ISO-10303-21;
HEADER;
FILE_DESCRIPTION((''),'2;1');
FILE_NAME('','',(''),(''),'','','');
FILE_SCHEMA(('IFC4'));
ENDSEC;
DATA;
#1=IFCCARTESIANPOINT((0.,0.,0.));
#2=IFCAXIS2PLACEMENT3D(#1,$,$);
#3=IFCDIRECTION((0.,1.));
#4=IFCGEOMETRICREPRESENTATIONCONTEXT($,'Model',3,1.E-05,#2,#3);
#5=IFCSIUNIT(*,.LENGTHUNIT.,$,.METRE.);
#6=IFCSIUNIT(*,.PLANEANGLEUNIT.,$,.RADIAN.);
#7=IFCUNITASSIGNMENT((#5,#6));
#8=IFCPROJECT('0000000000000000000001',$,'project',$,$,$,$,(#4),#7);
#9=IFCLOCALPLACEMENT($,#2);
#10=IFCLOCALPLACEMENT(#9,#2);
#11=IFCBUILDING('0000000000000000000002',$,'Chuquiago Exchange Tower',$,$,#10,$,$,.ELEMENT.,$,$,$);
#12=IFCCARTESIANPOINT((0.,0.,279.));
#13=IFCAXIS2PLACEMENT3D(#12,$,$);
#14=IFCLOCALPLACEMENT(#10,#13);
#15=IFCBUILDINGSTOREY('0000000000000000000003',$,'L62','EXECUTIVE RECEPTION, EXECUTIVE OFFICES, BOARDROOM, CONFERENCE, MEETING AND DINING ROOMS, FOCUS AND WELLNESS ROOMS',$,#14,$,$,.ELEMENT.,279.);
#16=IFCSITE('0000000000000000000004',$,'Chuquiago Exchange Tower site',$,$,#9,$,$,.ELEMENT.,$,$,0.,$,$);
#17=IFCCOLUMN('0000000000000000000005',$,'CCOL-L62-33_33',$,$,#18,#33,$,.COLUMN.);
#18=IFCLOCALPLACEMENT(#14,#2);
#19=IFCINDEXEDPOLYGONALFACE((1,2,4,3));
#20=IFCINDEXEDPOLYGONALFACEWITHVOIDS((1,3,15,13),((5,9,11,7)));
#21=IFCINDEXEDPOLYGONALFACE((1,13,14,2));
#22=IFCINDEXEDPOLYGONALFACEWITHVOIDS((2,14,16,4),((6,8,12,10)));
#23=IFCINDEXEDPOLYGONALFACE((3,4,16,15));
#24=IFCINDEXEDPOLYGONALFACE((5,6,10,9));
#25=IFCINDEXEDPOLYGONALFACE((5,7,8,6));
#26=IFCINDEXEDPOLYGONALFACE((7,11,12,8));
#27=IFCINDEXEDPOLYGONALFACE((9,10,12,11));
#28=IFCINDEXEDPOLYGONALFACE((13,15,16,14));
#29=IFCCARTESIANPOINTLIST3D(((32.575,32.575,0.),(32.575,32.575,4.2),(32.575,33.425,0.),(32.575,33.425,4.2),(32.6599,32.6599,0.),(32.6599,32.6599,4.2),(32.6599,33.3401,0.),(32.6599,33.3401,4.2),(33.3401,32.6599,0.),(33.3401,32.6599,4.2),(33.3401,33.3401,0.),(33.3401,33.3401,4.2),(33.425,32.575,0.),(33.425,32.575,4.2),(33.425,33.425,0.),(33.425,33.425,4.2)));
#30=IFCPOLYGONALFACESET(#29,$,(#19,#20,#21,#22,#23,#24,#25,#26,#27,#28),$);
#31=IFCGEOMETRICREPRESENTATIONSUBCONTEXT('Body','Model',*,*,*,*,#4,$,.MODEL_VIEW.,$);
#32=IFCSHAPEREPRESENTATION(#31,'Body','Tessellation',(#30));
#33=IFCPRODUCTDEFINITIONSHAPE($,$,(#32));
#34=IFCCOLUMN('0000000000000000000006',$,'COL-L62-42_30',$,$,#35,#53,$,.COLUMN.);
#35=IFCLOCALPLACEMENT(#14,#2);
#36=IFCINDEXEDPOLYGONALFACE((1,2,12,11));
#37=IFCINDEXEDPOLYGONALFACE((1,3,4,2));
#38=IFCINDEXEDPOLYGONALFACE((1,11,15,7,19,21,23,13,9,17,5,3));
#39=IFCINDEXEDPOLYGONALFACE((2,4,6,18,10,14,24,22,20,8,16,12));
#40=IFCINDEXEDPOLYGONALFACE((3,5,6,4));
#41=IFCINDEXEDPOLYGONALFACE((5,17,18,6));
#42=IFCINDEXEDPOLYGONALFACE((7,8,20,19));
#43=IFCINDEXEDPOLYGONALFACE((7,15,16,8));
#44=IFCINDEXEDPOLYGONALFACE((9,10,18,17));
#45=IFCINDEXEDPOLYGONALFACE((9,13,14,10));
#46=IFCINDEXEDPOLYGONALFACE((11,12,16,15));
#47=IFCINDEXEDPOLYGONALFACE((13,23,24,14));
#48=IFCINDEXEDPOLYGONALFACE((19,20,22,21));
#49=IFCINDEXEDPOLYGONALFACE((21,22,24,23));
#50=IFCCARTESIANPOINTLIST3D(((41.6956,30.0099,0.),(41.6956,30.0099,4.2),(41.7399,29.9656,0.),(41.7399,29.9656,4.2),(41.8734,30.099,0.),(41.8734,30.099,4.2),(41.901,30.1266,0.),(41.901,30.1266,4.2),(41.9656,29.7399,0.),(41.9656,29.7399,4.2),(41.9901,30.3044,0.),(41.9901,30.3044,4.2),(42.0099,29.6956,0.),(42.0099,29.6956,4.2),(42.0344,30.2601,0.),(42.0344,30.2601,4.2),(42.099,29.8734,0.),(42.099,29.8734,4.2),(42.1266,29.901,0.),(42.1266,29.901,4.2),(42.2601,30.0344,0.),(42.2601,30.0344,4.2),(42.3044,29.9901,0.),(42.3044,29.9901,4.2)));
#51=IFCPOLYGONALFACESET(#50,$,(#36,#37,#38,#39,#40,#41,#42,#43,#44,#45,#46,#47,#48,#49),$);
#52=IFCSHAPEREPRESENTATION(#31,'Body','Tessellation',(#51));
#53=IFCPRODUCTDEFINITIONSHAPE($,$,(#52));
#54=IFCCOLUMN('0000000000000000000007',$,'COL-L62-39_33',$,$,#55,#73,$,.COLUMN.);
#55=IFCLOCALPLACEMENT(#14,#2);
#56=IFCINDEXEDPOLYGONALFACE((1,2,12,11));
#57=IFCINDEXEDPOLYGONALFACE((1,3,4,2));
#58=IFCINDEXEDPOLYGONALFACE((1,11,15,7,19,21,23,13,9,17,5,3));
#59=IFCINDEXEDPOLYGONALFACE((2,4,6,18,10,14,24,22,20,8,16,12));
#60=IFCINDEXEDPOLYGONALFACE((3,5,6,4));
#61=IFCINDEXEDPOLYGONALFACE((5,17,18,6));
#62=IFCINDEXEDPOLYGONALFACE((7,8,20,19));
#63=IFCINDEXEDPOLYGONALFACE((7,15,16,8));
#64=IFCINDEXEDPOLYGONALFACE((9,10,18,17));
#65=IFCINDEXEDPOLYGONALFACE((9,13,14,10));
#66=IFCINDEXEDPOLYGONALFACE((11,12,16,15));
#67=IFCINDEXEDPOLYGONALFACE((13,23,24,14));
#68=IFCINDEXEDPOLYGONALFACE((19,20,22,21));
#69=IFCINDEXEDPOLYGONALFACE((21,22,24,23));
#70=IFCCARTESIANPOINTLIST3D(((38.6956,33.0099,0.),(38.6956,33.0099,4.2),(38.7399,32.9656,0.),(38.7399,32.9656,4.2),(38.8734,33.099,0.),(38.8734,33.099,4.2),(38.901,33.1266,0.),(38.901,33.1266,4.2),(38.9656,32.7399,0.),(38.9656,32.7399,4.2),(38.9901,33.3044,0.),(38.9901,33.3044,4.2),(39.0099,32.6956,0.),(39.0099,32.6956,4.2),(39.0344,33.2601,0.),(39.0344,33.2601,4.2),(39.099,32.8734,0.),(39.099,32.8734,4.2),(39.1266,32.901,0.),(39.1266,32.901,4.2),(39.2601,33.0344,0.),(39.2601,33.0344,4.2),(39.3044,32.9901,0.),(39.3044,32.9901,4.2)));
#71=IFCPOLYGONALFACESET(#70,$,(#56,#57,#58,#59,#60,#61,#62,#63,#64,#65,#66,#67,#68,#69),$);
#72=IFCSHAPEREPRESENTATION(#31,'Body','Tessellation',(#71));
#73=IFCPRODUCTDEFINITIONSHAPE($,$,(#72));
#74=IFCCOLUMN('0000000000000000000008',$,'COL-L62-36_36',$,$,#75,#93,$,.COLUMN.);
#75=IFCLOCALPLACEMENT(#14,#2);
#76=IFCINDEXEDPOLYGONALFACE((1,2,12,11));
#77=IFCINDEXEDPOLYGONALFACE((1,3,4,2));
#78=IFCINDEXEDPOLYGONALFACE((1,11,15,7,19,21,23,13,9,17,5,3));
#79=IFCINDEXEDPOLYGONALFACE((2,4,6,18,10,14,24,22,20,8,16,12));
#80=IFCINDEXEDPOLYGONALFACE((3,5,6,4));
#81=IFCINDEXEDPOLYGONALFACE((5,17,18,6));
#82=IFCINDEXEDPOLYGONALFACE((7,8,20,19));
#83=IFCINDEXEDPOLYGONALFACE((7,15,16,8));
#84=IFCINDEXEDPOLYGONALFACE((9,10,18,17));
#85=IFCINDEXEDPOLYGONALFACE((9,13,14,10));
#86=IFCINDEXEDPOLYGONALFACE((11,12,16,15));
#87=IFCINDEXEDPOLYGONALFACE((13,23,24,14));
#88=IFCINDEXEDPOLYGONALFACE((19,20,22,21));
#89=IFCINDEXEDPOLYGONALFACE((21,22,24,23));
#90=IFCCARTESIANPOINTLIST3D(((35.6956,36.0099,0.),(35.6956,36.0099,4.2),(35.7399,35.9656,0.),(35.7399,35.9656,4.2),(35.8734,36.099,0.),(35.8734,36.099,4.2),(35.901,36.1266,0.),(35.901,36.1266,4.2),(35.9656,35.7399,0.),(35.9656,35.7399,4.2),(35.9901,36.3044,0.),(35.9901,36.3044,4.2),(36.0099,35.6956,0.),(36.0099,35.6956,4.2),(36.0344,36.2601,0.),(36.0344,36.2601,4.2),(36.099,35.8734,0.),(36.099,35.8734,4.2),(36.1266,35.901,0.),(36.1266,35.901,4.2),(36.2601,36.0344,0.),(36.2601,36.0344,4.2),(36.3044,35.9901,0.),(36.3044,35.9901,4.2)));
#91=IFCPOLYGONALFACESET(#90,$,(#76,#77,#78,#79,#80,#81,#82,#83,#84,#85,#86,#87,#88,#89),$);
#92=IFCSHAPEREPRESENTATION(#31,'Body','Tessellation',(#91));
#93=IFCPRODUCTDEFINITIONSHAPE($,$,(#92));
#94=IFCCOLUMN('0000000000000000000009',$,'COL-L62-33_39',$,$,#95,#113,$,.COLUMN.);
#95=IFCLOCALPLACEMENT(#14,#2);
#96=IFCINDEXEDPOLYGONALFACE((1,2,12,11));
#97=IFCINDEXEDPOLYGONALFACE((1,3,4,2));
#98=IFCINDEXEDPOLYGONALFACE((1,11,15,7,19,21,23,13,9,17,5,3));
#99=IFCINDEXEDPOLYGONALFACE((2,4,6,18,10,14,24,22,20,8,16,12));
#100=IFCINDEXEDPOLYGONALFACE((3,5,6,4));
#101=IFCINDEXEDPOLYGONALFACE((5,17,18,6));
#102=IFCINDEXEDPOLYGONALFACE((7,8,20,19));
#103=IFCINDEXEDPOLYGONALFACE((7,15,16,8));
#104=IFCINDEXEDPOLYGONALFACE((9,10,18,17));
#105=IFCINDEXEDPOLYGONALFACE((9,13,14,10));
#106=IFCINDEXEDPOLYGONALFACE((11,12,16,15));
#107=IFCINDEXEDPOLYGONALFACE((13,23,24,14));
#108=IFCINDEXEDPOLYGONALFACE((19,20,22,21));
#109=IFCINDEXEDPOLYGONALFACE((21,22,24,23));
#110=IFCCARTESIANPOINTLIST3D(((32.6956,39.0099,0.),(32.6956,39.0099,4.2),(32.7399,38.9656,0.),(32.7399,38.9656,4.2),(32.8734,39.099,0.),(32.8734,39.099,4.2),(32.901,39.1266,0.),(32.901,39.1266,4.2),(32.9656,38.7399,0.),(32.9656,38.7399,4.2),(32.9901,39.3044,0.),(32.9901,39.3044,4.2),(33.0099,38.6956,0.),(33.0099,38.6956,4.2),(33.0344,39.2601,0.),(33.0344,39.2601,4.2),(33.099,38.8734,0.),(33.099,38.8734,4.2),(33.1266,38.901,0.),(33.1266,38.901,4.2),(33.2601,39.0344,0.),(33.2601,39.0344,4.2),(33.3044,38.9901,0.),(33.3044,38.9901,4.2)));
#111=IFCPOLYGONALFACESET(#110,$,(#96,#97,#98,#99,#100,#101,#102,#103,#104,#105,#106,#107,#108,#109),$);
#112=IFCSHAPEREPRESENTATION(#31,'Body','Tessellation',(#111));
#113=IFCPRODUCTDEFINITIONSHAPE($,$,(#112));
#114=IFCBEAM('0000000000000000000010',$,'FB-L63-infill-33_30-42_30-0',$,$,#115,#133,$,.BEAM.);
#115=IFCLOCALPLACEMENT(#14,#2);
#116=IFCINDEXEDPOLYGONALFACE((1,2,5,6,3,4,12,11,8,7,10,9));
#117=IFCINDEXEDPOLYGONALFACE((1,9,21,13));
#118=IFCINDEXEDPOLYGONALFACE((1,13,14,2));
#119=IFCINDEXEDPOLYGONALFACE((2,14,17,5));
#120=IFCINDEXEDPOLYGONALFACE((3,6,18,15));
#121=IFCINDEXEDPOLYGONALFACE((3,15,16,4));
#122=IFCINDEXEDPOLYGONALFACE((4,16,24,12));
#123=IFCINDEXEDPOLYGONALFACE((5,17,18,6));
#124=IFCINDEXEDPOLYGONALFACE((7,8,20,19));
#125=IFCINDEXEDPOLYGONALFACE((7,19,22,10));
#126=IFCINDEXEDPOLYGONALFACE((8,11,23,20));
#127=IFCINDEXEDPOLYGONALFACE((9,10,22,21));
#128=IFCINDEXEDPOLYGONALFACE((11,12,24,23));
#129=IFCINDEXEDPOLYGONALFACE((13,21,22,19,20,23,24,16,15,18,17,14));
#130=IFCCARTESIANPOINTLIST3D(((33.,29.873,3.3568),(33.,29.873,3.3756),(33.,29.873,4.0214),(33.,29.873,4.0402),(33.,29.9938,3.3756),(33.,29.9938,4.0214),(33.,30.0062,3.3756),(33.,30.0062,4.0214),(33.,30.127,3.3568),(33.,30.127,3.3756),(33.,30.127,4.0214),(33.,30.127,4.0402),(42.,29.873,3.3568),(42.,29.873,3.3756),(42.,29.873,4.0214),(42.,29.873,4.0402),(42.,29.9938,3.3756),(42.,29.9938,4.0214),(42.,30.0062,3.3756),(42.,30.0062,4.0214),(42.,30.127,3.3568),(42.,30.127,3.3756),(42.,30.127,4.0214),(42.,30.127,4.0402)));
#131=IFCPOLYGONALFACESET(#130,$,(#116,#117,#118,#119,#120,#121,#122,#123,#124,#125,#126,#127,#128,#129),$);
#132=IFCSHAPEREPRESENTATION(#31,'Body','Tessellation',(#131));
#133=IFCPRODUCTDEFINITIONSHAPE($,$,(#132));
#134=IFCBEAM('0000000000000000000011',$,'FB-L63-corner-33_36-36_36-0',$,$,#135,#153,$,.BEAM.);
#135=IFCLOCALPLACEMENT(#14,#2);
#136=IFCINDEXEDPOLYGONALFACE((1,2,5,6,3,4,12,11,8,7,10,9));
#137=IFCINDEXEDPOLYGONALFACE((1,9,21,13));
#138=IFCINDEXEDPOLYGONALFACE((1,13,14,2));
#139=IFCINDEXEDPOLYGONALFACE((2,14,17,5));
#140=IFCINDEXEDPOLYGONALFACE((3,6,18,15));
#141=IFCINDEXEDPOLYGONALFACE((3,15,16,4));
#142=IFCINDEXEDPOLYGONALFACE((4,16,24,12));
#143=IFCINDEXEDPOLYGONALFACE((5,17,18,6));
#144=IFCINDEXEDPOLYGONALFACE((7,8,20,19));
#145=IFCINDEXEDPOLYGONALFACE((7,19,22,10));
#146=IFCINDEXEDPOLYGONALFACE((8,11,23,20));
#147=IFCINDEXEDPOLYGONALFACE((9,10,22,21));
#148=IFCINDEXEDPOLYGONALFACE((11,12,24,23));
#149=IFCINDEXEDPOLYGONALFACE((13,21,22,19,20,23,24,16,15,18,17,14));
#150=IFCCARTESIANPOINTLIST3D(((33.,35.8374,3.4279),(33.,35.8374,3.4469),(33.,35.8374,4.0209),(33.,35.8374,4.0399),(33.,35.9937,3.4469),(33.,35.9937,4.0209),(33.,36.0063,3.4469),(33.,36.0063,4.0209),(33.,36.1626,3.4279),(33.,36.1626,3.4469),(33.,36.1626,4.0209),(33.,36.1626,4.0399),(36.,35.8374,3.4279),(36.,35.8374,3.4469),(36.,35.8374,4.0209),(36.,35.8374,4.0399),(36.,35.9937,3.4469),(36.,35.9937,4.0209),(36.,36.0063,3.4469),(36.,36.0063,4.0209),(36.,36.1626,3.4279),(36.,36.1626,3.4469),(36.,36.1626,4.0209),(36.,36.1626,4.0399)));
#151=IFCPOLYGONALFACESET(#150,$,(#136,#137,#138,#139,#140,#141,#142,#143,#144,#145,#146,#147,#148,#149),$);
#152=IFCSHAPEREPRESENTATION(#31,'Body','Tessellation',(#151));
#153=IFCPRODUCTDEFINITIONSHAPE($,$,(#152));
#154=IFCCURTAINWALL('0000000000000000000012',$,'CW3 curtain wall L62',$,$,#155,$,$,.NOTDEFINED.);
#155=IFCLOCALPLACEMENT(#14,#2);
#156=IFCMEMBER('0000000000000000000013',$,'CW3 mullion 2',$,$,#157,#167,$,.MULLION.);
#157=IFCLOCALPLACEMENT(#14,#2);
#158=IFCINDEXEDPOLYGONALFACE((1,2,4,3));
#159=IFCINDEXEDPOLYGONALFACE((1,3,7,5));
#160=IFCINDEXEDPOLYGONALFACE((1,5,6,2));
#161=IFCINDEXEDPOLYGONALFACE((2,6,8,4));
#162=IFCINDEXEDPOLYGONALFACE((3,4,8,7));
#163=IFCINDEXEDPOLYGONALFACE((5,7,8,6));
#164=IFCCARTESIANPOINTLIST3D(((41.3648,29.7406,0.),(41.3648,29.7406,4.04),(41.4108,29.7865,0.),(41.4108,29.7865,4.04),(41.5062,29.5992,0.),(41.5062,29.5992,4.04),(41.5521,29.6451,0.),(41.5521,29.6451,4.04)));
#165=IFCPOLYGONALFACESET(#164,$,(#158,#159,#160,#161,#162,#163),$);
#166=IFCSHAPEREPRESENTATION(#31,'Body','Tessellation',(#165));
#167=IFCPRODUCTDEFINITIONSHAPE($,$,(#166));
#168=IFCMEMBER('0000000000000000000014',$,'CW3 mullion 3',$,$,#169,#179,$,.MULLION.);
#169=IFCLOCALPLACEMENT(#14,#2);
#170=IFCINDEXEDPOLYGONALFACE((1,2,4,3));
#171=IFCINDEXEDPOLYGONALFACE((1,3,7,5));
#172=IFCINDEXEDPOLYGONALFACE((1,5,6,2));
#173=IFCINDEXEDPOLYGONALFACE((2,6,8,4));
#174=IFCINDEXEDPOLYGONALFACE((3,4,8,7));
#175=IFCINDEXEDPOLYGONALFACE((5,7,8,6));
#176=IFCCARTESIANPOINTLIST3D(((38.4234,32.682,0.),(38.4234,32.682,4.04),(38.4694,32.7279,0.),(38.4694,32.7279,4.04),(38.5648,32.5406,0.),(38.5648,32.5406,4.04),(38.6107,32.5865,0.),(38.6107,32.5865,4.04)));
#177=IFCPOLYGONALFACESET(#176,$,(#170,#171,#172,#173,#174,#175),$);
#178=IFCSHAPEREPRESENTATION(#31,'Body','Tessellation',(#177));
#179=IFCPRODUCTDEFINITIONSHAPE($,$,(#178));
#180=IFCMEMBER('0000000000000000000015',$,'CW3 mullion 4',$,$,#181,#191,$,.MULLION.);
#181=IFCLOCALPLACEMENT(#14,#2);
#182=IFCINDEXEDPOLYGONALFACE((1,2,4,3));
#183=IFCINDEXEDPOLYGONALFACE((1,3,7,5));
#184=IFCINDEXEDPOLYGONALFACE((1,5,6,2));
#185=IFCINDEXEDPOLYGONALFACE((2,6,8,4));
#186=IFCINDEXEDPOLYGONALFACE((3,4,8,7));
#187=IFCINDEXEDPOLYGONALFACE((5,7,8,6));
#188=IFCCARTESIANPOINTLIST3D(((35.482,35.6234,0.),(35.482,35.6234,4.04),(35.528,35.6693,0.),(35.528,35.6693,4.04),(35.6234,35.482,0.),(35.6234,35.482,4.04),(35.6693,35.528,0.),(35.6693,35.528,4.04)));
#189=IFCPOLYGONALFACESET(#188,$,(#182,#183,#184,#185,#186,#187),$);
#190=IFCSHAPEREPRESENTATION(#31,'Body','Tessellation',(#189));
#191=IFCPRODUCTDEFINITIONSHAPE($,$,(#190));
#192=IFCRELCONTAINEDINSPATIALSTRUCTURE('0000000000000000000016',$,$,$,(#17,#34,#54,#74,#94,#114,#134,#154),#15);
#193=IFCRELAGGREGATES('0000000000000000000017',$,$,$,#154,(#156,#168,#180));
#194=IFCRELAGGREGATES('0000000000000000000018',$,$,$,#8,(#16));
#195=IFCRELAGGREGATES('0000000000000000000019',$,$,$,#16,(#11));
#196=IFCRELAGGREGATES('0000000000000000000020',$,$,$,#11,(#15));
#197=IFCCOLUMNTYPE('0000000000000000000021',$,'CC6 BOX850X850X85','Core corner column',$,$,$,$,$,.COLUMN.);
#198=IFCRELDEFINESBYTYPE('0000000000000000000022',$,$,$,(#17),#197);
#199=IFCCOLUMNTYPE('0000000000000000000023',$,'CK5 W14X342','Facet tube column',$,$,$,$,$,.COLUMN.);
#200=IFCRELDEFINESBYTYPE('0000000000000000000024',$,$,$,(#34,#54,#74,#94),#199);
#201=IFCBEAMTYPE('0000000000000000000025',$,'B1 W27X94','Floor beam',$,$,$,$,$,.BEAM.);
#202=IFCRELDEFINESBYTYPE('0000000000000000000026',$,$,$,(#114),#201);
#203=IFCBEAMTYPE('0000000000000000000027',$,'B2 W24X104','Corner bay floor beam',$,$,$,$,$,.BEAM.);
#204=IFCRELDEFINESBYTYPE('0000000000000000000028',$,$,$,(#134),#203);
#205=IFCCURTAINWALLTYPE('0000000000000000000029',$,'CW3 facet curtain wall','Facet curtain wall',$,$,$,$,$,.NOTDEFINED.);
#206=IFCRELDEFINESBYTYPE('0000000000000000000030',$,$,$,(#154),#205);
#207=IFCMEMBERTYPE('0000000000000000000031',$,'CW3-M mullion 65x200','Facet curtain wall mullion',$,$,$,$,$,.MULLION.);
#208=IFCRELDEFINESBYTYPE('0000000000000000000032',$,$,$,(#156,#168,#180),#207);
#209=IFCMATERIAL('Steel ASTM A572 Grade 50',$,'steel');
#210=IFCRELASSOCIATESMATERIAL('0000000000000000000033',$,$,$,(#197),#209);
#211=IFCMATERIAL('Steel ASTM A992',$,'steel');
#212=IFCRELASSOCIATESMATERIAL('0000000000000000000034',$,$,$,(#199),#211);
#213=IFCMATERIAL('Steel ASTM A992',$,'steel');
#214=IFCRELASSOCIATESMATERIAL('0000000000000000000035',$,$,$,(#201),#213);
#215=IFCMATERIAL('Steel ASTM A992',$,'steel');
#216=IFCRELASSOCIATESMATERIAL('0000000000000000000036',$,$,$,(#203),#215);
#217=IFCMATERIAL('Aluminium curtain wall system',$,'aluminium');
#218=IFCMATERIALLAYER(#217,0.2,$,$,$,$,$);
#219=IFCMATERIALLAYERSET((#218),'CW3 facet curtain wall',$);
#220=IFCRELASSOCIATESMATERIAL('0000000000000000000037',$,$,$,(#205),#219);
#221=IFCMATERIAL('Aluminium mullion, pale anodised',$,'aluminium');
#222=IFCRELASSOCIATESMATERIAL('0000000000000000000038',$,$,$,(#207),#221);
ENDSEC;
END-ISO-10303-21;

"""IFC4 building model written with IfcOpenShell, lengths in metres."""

from ifc_helpers import new_model, si_unit, direction, frame, origin, origin_2d, place, context, subcontext, project, spatial, rectangle, hollow_rectangle, i_section, extrude, material, layer, layer_set, material_profile, profile_set, type_object, element, aggregate, save


model = new_model("IFC4")

# Units and contexts
model_context = context("Model", 3, precision=1e-05, world=origin(), true_north=direction((0.0, 1.0)))
body_context = subcontext(model_context, "Body", "Model", "MODEL_VIEW")
ifc_project = project(units=[si_unit("LENGTHUNIT", "METRE"), si_unit("PLANEANGLEUNIT", "RADIAN")], contexts=[model_context])

# Site, building, storey
site_placement = place(None, origin())
site = spatial("IfcSite", under=ifc_project, at=site_placement, Name="Chuquiago Exchange Tower site", CompositionType="ELEMENT", RefElevation=0.0)
building_placement = place(site_placement, origin())
building = spatial("IfcBuilding", under=site, at=building_placement, Name="Chuquiago Exchange Tower", CompositionType="ELEMENT")
storey_placement = place(building_placement, frame((0.0, 0.0, 279.0)))
storey = spatial("IfcBuildingStorey", under=building, at=storey_placement, Name="L62", Description="EXECUTIVE RECEPTION, EXECUTIVE OFFICES, BOARDROOM, CONFERENCE, MEETING AND DINING ROOMS, FOCUS AND WELLNESS ROOMS", CompositionType="ELEMENT", Elevation=279.0)

# Columns
ifc_material_1 = material(Name="Steel ASTM A572 Grade 50", Category="steel")
ifc_material_profile_1 = material_profile(ifc_material_1, hollow_rectangle(XDim=0.8501, YDim=0.8501, WallThickness=0.085, at=origin_2d()), Name="BOX850X850X85")
ifc_profile_set_1 = profile_set([ifc_material_profile_1], Name="Steel ASTM A572 Grade 50")
column_type_1 = type_object("IfcColumnType", Name="CC6 BOX850X850X85", Description="Core corner column", PredefinedType="COLUMN", material=ifc_profile_set_1)
column_placement = place(storey_placement, frame((33.0, 33.0, 0.0), z_axis=(0.0, 0.0, 1.0), x_axis=(1.0, 0.0, 0.0)))
element("IfcColumn", 1, at=column_placement, inside=storey, type_object=column_type_1, Name="CCOL-L62-33_33", PredefinedType="COLUMN", context=body_context, shape_type="SweptSolid", body=[
    extrude(hollow_rectangle(XDim=0.8501, YDim=0.8501, WallThickness=0.085, at=origin_2d()), origin(), (0.0, 0.0, 1.0), 4.2),
])
ifc_material_2 = material(Name="Steel ASTM A992", Category="steel")
ifc_material_profile_2 = material_profile(ifc_material_2, i_section(OverallWidth=0.4165, OverallDepth=0.4446, WebThickness=0.0391, FlangeThickness=0.0627, at=origin_2d()), Name="W14X342")
ifc_profile_set_2 = profile_set([ifc_material_profile_2], Name="Steel ASTM A992")
column_type_2 = type_object("IfcColumnType", Name="CK5 W14X342", Description="Facet tube column", PredefinedType="COLUMN", material=ifc_profile_set_2)
for number, where, z_axis, x_axis, name in (
    (2, (42.0, 30.0, 0.0), (0.0, 0.0, 1.0), (0.707107, 0.707107, 0.0), "COL-L62-42_30"),
    (3, (39.0, 33.0, 0.0), (0.0, 0.0, 1.0), (0.707107, 0.707107, 0.0), "COL-L62-39_33"),
    (4, (36.0, 36.0, 0.0), (0.0, 0.0, 1.0), (0.707107, 0.707107, 0.0), "COL-L62-36_36"),
    (5, (33.0, 39.0, 0.0), (0.0, 0.0, 1.0), (0.707107, 0.707107, 0.0), "COL-L62-33_39"),
):
    element("IfcColumn", number, at=place(storey_placement, frame(where, z_axis=z_axis, x_axis=x_axis)), inside=storey, type_object=column_type_2, Name=name, PredefinedType="COLUMN", context=body_context, shape_type="SweptSolid", body=[
        extrude(i_section(OverallWidth=0.4165, OverallDepth=0.4446, WebThickness=0.0391, FlangeThickness=0.0627, at=origin_2d()), origin(), (0.0, 0.0, 1.0), 4.2),
    ])

# Beams
ifc_material_3 = material(Name="Steel ASTM A992", Category="steel")
ifc_material_profile_3 = material_profile(ifc_material_3, i_section(OverallWidth=0.2539, OverallDepth=0.6833, WebThickness=0.0125, FlangeThickness=0.0188, at=origin_2d()), Name="W27X94")
ifc_profile_set_3 = profile_set([ifc_material_profile_3], Name="Steel ASTM A992")
beam_type_1 = type_object("IfcBeamType", Name="B1 W27X94", Description="Floor beam", PredefinedType="BEAM", material=ifc_profile_set_3)
beam_1_placement = place(storey_placement, frame((33.0, 30.0, 3.6985), z_axis=(1.0, 0.0, 0.0), x_axis=(0.0, 1.0, 0.0)))
element("IfcBeam", 6, at=beam_1_placement, inside=storey, type_object=beam_type_1, Name="FB-L63-infill-33_30-42_30-0", PredefinedType="BEAM", context=body_context, shape_type="SweptSolid", body=[
    extrude(i_section(OverallWidth=0.2539, OverallDepth=0.6833, WebThickness=0.0125, FlangeThickness=0.0188, at=origin_2d()), origin(), (0.0, 0.0, 1.0), 9.0),
])
ifc_material_4 = material(Name="Steel ASTM A992", Category="steel")
ifc_material_profile_4 = material_profile(ifc_material_4, i_section(OverallWidth=0.3252, OverallDepth=0.6121, WebThickness=0.0127, FlangeThickness=0.019, at=origin_2d()), Name="W24X104")
ifc_profile_set_4 = profile_set([ifc_material_profile_4], Name="Steel ASTM A992")
beam_type_2 = type_object("IfcBeamType", Name="B2 W24X104", Description="Corner bay floor beam", PredefinedType="BEAM", material=ifc_profile_set_4)
beam_2_placement = place(storey_placement, frame((33.0, 36.0, 3.7339), z_axis=(1.0, 0.0, 0.0), x_axis=(0.0, 1.0, 0.0)))
element("IfcBeam", 7, at=beam_2_placement, inside=storey, type_object=beam_type_2, Name="FB-L63-corner-33_36-36_36-0", PredefinedType="BEAM", context=body_context, shape_type="SweptSolid", body=[
    extrude(i_section(OverallWidth=0.3252, OverallDepth=0.6121, WebThickness=0.0127, FlangeThickness=0.019, at=origin_2d()), origin(), (0.0, 0.0, 1.0), 3.0),
])

# Curtain wall, members
ifc_material_5 = material(Name="Aluminium curtain wall system", Category="aluminium")
ifc_layer_1 = layer(ifc_material_5, 0.2)
ifc_layer_set_1 = layer_set([ifc_layer_1], Name="CW3 facet curtain wall")
curtain_wall_type = type_object("IfcCurtainWallType", Name="CW3 facet curtain wall", Description="Facet curtain wall", PredefinedType="NOTDEFINED", material=ifc_layer_set_1)
curtain_wall_placement = place(storey_placement, origin())
curtain_wall = element("IfcCurtainWall", 8, at=curtain_wall_placement, inside=storey, type_object=curtain_wall_type, Name="CW3 curtain wall L62", PredefinedType="NOTDEFINED")
ifc_material_6 = material(Name="Aluminium mullion, pale anodised", Category="aluminium")
ifc_material_profile_5 = material_profile(ifc_material_6, rectangle(XDim=0.0649, YDim=0.2, at=origin_2d()), Name="AL 65x200")
ifc_profile_set_5 = profile_set([ifc_material_profile_5], Name="Aluminium mullion, pale anodised")
member_type_1 = type_object("IfcMemberType", Name="CW3-M mullion 65x200", Description="Facet curtain wall mullion", PredefinedType="MULLION", material=ifc_profile_set_5)
member_1_placement = place(storey_placement, frame((41.4585, 29.6929, 0.0), z_axis=(0.0, 0.0, 1.0), x_axis=(-0.707107, -0.707107, 0.0)))
member_1 = element("IfcMember", 9, at=member_1_placement, type_object=member_type_1, Name="CW3 mullion 2", PredefinedType="MULLION", context=body_context, shape_type="SweptSolid", body=[
    extrude(rectangle(XDim=0.0649, YDim=0.2, at=origin_2d()), origin(), (0.0, 0.0, 1.0), 4.04),
])
member_2_placement = place(storey_placement, frame((38.5171, 32.6343, 0.0), z_axis=(0.0, 0.0, 1.0), x_axis=(-0.707107, -0.707107, 0.0)))
member_2 = element("IfcMember", 10, at=member_2_placement, type_object=member_type_1, Name="CW3 mullion 3", PredefinedType="MULLION", context=body_context, shape_type="SweptSolid", body=[
    extrude(rectangle(XDim=0.0649, YDim=0.2, at=origin_2d()), origin(), (0.0, 0.0, 1.0), 4.04),
])
member_3_placement = place(storey_placement, frame((35.5757, 35.5757, 0.0), z_axis=(0.0, 0.0, 1.0), x_axis=(-0.707107, -0.707107, 0.0)))
member_3 = element("IfcMember", 11, at=member_3_placement, type_object=member_type_1, Name="CW3 mullion 4", PredefinedType="MULLION", context=body_context, shape_type="SweptSolid", body=[
    extrude(rectangle(XDim=0.0649, YDim=0.2, at=origin_2d()), origin(), (0.0, 0.0, 1.0), 4.04),
])

aggregate(curtain_wall, [member_1, member_2, member_3])

save(model, "model.ifc")
